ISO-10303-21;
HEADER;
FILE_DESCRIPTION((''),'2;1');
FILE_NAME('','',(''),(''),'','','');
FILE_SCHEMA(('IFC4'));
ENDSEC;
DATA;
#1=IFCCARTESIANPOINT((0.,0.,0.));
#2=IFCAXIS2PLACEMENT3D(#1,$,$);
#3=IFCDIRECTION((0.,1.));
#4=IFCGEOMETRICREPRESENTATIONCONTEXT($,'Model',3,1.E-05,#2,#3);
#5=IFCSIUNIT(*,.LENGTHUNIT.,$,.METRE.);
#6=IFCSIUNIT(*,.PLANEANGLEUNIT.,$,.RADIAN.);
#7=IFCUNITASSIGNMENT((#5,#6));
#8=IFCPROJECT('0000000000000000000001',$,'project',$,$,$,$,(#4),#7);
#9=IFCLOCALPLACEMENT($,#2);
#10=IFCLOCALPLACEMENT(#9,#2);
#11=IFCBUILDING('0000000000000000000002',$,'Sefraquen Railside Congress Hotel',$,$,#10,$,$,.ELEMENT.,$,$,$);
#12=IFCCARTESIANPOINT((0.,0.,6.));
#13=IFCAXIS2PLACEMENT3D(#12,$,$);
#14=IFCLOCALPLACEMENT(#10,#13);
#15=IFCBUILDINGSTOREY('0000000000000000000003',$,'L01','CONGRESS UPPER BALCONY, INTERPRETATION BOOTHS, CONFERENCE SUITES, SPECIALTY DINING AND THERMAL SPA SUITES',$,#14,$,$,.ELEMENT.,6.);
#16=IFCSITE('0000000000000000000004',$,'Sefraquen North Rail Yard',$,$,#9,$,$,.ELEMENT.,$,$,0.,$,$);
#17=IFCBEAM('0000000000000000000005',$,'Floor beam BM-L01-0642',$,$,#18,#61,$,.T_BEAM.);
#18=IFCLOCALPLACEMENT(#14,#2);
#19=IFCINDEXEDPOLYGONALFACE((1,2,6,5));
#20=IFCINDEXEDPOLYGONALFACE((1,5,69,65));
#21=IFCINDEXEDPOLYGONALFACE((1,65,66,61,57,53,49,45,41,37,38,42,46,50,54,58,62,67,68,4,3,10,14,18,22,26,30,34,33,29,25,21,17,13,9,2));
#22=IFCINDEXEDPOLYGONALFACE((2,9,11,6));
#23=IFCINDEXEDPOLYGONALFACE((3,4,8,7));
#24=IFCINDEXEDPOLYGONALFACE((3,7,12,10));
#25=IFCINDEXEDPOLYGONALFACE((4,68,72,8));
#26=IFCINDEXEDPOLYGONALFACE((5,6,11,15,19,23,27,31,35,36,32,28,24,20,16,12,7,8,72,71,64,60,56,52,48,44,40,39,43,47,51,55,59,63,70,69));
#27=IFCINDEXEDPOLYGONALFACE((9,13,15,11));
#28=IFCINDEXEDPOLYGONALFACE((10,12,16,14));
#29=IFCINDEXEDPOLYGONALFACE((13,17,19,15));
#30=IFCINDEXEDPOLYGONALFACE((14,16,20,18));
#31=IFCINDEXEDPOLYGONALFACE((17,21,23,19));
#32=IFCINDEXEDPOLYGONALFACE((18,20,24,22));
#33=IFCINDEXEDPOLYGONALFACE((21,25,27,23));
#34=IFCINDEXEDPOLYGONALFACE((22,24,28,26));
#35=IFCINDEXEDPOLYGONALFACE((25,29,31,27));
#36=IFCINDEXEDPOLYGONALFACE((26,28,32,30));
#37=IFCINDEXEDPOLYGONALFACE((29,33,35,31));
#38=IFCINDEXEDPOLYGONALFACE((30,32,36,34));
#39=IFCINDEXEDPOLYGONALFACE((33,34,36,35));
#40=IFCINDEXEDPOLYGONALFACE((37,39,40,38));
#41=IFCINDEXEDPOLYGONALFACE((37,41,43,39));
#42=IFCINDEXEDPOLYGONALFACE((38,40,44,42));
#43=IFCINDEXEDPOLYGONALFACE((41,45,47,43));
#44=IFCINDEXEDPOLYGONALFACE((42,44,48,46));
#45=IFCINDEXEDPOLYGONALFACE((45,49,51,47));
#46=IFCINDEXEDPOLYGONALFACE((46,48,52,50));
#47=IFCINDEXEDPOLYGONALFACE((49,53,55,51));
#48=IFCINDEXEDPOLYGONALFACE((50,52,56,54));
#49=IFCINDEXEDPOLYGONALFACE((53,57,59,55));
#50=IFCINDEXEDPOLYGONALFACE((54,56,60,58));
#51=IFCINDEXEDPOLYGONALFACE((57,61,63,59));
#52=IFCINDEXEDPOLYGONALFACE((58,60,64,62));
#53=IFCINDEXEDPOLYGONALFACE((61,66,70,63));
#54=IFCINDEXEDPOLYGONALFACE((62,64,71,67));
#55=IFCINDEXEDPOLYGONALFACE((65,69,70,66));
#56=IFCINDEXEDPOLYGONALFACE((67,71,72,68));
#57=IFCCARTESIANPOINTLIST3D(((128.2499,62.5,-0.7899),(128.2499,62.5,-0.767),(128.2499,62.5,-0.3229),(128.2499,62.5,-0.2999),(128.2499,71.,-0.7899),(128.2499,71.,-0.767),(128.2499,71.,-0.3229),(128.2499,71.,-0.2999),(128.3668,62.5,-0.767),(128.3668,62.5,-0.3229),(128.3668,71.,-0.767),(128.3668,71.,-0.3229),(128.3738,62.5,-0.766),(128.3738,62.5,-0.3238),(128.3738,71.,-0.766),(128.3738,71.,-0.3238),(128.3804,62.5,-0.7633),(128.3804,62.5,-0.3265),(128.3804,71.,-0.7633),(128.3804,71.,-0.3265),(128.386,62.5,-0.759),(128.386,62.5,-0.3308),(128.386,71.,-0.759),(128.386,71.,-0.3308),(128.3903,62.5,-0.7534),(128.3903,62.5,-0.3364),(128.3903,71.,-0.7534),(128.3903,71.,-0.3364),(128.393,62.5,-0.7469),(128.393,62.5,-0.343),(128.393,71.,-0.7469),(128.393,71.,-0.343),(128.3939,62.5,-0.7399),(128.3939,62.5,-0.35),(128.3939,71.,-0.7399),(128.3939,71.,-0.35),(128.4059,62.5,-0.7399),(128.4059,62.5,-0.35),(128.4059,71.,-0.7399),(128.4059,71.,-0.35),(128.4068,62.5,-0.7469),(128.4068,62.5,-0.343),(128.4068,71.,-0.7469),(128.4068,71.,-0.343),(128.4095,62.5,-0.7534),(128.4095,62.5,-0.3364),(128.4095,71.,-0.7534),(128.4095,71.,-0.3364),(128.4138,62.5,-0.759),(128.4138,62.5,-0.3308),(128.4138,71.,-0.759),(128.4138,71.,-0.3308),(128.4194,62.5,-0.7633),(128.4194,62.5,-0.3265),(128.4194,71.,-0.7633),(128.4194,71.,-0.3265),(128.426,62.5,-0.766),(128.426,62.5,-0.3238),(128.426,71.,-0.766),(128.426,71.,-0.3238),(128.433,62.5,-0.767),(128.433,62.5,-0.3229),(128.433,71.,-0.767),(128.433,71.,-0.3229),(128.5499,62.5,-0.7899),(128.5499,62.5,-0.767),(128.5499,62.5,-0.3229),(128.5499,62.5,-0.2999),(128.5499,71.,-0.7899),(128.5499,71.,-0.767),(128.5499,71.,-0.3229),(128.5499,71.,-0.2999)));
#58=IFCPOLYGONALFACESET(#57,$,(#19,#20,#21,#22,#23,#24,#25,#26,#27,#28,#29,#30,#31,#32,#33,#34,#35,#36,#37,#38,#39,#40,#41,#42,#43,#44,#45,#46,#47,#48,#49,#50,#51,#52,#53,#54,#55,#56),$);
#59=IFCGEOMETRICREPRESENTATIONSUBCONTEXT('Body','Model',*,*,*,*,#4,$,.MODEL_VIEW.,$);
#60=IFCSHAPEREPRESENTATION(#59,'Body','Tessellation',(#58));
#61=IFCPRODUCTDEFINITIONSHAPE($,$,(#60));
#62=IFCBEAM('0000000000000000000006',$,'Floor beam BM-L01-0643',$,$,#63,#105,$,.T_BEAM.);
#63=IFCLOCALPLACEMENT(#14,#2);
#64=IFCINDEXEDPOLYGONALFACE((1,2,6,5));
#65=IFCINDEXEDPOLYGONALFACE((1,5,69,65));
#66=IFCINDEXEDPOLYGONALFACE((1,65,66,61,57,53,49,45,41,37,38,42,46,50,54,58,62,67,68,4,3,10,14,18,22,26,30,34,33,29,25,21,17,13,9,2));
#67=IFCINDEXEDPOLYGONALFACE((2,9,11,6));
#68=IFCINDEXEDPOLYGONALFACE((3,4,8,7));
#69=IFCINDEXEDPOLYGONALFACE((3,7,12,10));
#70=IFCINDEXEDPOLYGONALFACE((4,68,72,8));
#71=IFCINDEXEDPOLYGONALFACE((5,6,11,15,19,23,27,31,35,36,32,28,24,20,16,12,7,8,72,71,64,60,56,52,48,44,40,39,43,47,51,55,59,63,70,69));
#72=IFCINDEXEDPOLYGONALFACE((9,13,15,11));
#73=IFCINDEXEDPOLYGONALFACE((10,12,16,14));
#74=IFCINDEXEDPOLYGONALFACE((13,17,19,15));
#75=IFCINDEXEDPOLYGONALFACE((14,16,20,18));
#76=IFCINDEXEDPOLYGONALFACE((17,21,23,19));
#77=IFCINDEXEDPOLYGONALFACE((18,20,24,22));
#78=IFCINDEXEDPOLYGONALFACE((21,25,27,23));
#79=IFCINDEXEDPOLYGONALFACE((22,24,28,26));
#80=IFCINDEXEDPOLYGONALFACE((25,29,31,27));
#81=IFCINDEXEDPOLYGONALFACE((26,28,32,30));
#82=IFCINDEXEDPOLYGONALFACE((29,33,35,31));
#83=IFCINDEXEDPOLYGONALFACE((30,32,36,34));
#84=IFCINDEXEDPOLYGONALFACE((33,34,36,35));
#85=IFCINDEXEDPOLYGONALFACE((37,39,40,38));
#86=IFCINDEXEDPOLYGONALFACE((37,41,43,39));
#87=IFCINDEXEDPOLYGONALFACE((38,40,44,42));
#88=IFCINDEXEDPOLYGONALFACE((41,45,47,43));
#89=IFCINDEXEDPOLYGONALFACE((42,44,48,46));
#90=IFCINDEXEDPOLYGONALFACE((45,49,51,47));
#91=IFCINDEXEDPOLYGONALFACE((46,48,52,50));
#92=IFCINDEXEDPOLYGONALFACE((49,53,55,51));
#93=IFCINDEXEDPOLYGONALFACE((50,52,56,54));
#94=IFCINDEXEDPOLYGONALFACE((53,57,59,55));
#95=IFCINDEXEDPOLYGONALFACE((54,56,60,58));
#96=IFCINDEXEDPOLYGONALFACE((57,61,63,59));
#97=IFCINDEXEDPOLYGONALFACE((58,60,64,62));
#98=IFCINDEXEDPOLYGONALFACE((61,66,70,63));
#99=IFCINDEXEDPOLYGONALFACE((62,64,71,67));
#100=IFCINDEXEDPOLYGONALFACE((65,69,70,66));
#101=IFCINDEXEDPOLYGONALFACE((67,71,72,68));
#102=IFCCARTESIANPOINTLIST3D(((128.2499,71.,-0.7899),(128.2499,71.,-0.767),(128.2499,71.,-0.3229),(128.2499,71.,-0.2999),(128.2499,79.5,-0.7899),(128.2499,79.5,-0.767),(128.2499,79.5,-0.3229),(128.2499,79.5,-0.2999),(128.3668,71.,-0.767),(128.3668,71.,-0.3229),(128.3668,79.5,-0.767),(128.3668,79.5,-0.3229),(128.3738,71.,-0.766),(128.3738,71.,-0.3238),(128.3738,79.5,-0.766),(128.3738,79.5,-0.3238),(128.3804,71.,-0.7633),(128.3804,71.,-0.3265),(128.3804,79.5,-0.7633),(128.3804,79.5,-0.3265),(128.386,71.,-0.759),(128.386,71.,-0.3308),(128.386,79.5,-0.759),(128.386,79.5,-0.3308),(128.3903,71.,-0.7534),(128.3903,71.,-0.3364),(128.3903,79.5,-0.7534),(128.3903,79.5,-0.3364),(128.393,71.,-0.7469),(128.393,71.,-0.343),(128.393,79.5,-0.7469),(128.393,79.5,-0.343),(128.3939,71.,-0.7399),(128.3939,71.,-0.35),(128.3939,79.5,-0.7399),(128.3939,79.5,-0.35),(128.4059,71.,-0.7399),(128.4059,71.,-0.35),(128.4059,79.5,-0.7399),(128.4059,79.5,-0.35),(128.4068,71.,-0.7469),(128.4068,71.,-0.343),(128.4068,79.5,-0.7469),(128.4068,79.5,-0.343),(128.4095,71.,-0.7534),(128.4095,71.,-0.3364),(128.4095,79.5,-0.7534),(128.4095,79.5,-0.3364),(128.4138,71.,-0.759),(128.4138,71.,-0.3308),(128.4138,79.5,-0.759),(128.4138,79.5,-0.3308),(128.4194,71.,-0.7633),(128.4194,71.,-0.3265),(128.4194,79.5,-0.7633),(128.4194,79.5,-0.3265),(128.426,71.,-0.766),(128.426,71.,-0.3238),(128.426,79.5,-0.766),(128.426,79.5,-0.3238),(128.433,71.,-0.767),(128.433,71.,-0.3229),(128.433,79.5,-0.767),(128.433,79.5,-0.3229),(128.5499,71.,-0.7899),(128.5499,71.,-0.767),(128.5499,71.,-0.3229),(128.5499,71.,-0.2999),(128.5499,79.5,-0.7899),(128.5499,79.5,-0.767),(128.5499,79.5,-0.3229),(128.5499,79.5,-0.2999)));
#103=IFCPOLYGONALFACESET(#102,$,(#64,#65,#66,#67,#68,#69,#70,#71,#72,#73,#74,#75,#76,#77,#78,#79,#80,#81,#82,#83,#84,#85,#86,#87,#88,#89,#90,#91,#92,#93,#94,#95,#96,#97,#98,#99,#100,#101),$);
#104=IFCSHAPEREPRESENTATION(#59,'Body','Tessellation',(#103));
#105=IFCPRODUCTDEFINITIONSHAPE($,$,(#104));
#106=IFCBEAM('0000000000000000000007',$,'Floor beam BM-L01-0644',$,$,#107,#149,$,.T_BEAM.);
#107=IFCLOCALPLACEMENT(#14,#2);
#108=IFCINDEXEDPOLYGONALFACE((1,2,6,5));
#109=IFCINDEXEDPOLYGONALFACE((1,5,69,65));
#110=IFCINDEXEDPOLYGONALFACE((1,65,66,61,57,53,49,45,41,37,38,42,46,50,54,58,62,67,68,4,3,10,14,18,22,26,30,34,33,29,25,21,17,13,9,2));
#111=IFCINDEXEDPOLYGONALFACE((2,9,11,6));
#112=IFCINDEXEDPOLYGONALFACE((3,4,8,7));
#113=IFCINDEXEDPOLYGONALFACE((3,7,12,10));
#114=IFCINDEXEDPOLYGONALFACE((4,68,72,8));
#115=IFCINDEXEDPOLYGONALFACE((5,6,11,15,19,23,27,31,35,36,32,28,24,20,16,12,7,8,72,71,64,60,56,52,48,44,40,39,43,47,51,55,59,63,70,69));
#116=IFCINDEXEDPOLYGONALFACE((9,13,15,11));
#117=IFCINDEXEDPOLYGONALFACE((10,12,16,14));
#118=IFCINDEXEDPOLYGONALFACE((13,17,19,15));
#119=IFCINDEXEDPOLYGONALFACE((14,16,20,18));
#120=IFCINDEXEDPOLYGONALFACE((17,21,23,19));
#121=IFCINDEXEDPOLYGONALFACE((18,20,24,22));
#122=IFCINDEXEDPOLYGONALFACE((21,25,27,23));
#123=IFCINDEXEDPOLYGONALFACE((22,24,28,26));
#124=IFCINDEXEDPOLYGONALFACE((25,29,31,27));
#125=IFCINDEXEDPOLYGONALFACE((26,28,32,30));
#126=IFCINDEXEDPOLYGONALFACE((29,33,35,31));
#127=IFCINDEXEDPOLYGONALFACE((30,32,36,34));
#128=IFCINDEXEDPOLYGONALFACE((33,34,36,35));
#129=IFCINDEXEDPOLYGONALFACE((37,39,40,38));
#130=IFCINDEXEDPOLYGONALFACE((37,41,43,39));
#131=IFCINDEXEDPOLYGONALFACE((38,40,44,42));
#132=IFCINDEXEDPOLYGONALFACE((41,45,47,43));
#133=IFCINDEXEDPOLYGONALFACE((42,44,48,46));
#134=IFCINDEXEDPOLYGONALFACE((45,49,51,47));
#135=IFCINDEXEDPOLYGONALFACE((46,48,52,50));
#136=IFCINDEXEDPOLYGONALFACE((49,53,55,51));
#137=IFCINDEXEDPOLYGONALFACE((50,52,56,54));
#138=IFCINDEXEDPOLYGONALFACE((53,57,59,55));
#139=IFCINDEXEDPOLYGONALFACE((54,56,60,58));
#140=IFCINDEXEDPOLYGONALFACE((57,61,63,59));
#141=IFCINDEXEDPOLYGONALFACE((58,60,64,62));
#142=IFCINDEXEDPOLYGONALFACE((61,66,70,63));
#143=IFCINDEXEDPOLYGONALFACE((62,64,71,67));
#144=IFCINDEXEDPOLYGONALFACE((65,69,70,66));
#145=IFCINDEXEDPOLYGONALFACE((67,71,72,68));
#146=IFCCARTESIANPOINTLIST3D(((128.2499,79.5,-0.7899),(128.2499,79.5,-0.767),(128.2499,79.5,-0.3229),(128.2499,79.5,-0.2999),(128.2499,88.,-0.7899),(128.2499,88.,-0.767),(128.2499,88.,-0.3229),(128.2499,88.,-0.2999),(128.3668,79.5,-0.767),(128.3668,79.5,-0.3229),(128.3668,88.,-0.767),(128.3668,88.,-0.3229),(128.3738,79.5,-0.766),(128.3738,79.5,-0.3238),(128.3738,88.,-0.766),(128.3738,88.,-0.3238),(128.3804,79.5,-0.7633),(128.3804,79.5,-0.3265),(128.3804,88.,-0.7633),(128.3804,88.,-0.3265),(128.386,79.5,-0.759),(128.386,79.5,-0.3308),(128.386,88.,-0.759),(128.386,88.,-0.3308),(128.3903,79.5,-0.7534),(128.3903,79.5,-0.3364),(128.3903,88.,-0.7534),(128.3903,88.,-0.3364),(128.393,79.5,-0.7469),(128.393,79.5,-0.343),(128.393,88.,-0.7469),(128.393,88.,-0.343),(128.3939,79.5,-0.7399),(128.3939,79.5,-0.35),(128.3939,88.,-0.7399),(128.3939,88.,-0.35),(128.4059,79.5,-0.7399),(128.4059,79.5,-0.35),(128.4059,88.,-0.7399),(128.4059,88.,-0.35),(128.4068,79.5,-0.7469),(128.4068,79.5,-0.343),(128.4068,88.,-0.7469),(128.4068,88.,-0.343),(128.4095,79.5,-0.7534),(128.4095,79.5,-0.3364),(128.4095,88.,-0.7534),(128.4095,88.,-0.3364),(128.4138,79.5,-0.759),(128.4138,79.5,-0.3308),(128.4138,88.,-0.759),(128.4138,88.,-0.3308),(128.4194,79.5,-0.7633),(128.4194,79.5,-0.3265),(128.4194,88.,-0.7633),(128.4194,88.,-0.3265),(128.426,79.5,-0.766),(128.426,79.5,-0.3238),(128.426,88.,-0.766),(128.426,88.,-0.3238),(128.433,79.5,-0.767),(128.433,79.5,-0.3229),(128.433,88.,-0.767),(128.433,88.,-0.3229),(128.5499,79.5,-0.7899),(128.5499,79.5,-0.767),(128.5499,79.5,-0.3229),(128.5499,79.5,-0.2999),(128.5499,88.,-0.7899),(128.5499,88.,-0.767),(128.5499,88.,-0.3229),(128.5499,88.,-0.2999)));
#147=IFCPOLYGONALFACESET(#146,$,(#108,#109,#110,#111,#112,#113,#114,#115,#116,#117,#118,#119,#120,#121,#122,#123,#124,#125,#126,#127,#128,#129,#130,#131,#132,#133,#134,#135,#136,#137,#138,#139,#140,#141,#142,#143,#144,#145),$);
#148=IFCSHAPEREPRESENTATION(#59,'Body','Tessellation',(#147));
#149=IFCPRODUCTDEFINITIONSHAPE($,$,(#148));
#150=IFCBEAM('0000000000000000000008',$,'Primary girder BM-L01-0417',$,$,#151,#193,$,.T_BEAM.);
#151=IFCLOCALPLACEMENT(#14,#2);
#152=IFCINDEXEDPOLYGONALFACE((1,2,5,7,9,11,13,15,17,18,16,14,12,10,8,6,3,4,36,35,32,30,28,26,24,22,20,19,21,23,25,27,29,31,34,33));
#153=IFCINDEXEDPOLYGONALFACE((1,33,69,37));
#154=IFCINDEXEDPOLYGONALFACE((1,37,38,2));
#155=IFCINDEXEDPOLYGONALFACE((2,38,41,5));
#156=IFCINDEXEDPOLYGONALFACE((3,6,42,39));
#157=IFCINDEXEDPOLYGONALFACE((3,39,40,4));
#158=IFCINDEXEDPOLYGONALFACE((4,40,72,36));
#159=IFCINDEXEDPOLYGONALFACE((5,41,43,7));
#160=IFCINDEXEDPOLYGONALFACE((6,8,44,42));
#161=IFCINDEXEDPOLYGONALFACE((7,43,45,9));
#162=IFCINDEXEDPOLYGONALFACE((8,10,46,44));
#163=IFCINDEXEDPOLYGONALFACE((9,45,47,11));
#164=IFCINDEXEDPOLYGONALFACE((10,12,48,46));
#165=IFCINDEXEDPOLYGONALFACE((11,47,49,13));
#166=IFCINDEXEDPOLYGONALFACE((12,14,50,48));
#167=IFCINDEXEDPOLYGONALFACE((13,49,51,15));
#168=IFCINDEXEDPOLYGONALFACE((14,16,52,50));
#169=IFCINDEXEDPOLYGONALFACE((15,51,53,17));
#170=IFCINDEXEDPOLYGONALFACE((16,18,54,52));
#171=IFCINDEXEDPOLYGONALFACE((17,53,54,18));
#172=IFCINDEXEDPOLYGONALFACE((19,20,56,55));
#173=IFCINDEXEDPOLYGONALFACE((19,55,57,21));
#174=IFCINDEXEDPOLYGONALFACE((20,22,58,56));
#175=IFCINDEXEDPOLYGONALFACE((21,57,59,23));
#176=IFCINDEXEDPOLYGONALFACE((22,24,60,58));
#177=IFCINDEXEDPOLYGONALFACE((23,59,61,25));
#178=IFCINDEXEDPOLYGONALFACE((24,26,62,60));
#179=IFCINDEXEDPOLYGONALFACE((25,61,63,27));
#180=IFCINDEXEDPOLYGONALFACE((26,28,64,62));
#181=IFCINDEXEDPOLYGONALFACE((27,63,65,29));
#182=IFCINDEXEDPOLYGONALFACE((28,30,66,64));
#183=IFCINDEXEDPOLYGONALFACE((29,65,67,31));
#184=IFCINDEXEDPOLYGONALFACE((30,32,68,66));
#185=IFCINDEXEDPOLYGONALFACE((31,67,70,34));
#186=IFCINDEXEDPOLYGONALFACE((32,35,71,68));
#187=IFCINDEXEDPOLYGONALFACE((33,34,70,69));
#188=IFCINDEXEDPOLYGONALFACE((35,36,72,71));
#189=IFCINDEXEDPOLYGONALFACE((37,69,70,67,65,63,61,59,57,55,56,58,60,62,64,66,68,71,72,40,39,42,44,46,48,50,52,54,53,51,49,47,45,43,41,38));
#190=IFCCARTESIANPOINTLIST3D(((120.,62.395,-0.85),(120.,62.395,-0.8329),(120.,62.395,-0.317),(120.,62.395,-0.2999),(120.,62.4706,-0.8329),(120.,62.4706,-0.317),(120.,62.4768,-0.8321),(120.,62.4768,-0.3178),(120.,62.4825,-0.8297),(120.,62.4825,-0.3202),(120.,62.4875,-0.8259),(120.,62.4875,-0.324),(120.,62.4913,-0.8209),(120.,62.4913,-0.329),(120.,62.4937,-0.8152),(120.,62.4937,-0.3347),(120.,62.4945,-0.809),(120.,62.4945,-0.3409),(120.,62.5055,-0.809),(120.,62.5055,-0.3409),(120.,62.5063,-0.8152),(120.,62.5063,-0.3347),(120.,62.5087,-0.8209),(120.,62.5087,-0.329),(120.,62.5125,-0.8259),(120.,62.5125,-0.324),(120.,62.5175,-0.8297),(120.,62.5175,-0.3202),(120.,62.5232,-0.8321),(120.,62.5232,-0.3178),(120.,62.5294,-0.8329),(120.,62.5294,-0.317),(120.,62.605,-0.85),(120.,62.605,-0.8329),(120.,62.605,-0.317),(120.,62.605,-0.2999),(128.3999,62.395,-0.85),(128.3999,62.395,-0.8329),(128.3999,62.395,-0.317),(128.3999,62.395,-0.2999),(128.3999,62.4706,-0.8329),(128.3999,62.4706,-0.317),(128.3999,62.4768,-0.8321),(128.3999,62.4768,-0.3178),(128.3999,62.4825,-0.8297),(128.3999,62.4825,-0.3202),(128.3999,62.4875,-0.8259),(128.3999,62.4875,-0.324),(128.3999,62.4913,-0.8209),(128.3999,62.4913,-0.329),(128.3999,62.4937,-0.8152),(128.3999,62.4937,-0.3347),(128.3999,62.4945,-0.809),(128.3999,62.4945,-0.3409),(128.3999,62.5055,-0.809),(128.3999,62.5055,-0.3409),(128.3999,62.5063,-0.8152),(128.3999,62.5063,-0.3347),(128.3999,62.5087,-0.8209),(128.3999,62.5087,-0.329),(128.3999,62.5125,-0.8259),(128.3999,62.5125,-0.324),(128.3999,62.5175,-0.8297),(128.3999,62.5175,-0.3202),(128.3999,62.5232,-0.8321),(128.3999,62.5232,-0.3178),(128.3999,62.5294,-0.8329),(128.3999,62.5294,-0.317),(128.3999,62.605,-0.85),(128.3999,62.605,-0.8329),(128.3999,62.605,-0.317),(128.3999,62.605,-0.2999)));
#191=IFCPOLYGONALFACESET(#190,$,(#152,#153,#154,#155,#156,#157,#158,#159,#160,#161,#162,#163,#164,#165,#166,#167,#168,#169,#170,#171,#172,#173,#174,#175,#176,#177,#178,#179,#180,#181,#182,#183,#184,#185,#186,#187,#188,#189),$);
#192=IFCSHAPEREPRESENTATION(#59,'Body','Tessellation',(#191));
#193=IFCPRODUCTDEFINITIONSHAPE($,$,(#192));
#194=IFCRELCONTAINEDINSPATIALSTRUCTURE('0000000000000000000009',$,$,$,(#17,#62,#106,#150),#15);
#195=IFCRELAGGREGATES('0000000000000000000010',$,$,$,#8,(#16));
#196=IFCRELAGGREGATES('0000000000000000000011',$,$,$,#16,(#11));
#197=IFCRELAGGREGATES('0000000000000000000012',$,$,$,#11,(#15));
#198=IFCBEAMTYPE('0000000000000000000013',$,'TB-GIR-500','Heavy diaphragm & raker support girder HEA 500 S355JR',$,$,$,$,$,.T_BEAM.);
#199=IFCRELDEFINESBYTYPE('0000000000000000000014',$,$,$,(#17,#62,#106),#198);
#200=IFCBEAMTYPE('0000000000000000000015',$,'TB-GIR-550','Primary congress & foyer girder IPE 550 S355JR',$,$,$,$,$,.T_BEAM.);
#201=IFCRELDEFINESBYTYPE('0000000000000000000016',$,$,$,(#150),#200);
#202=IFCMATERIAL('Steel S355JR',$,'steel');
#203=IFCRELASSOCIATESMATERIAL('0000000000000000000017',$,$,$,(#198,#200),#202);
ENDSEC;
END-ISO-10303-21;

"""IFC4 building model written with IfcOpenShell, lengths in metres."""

from ifc_helpers import new_model, si_unit, direction, frame, origin, origin_2d, place, context, subcontext, project, spatial, i_section, extrude, material, material_profile, profile_set, type_object, element, save


model = new_model("IFC4")

# Units and contexts
model_context = context("Model", 3, precision=1e-05, world=origin(), true_north=direction((0.0, 1.0)))
body_context = subcontext(model_context, "Body", "Model", "MODEL_VIEW")
ifc_project = project(units=[si_unit("LENGTHUNIT", "METRE"), si_unit("PLANEANGLEUNIT", "RADIAN")], contexts=[model_context])

# Site, building, storey
site_placement = place(None, origin())
site = spatial("IfcSite", under=ifc_project, at=site_placement, Name="Sefraquen North Rail Yard", CompositionType="ELEMENT", RefElevation=0.0)
building_placement = place(site_placement, origin())
building = spatial("IfcBuilding", under=site, at=building_placement, Name="Sefraquen Railside Congress Hotel", CompositionType="ELEMENT")
storey_placement = place(building_placement, frame((0.0, 0.0, 6.0)))
storey = spatial("IfcBuildingStorey", under=building, at=storey_placement, Name="L01", Description="CONGRESS UPPER BALCONY, INTERPRETATION BOOTHS, CONFERENCE SUITES, SPECIALTY DINING AND THERMAL SPA SUITES", CompositionType="ELEMENT", Elevation=6.0)

# Shared definitions
ifc_material_1 = material(Name="Steel S355JR", Category="steel")

# Beams
ifc_material_profile_1 = material_profile(ifc_material_1, i_section(OverallWidth=0.3, OverallDepth=0.49, WebThickness=0.012, FlangeThickness=0.0229, FilletRadius=0.0271, at=origin_2d()), Name="HEA 500")
ifc_profile_set_1 = profile_set([ifc_material_profile_1], Name="Steel S355JR")
beam_type_1 = type_object("IfcBeamType", Name="TB-GIR-500", Description="Heavy diaphragm & raker support girder HEA 500 S355JR", PredefinedType="T_BEAM", material=ifc_profile_set_1)
for number, where, z_axis, x_axis, name in (
    (1, (128.3999, 62.5, -0.5449), (0.0, 1.0, 0.0), (-1.0, 0.0, 0.0), "Floor beam BM-L01-0642"),
    (2, (128.3999, 71.0, -0.5449), (0.0, 1.0, 0.0), (-1.0, 0.0, 0.0), "Floor beam BM-L01-0643"),
    (3, (128.3999, 79.5, -0.5449), (0.0, 1.0, 0.0), (-1.0, 0.0, 0.0), "Floor beam BM-L01-0644"),
):
    element("IfcBeam", number, at=place(storey_placement, frame(where, z_axis=z_axis, x_axis=x_axis)), inside=storey, type_object=beam_type_1, Name=name, PredefinedType="T_BEAM", context=body_context, shape_type="SweptSolid", body=[
        extrude(i_section(OverallWidth=0.3, OverallDepth=0.49, WebThickness=0.012, FlangeThickness=0.0229, FilletRadius=0.0271, at=origin_2d()), origin(), (0.0, 0.0, 1.0), 8.5),
    ])
ifc_material_profile_2 = material_profile(ifc_material_1, i_section(OverallWidth=0.21, OverallDepth=0.55, WebThickness=0.011, FlangeThickness=0.0171, FilletRadius=0.0239, at=origin_2d()), Name="IPE 550")
ifc_profile_set_2 = profile_set([ifc_material_profile_2], Name="Steel S355JR")
beam_type_2 = type_object("IfcBeamType", Name="TB-GIR-550", Description="Primary congress & foyer girder IPE 550 S355JR", PredefinedType="T_BEAM", material=ifc_profile_set_2)
for number, where, z_axis, x_axis, name in (
    (4, (120.0, 62.5, -0.575), (1.0, 0.0, 0.0), (0.0, 1.0, 0.0), "Primary girder BM-L01-0417"),
):
    element("IfcBeam", number, at=place(storey_placement, frame(where, z_axis=z_axis, x_axis=x_axis)), inside=storey, type_object=beam_type_2, Name=name, PredefinedType="T_BEAM", context=body_context, shape_type="SweptSolid", body=[
        extrude(i_section(OverallWidth=0.21, OverallDepth=0.55, WebThickness=0.011, FlangeThickness=0.0171, FilletRadius=0.0239, at=origin_2d()), origin(), (0.0, 0.0, 1.0), 8.3999),
    ])

save(model, "model.ifc")
